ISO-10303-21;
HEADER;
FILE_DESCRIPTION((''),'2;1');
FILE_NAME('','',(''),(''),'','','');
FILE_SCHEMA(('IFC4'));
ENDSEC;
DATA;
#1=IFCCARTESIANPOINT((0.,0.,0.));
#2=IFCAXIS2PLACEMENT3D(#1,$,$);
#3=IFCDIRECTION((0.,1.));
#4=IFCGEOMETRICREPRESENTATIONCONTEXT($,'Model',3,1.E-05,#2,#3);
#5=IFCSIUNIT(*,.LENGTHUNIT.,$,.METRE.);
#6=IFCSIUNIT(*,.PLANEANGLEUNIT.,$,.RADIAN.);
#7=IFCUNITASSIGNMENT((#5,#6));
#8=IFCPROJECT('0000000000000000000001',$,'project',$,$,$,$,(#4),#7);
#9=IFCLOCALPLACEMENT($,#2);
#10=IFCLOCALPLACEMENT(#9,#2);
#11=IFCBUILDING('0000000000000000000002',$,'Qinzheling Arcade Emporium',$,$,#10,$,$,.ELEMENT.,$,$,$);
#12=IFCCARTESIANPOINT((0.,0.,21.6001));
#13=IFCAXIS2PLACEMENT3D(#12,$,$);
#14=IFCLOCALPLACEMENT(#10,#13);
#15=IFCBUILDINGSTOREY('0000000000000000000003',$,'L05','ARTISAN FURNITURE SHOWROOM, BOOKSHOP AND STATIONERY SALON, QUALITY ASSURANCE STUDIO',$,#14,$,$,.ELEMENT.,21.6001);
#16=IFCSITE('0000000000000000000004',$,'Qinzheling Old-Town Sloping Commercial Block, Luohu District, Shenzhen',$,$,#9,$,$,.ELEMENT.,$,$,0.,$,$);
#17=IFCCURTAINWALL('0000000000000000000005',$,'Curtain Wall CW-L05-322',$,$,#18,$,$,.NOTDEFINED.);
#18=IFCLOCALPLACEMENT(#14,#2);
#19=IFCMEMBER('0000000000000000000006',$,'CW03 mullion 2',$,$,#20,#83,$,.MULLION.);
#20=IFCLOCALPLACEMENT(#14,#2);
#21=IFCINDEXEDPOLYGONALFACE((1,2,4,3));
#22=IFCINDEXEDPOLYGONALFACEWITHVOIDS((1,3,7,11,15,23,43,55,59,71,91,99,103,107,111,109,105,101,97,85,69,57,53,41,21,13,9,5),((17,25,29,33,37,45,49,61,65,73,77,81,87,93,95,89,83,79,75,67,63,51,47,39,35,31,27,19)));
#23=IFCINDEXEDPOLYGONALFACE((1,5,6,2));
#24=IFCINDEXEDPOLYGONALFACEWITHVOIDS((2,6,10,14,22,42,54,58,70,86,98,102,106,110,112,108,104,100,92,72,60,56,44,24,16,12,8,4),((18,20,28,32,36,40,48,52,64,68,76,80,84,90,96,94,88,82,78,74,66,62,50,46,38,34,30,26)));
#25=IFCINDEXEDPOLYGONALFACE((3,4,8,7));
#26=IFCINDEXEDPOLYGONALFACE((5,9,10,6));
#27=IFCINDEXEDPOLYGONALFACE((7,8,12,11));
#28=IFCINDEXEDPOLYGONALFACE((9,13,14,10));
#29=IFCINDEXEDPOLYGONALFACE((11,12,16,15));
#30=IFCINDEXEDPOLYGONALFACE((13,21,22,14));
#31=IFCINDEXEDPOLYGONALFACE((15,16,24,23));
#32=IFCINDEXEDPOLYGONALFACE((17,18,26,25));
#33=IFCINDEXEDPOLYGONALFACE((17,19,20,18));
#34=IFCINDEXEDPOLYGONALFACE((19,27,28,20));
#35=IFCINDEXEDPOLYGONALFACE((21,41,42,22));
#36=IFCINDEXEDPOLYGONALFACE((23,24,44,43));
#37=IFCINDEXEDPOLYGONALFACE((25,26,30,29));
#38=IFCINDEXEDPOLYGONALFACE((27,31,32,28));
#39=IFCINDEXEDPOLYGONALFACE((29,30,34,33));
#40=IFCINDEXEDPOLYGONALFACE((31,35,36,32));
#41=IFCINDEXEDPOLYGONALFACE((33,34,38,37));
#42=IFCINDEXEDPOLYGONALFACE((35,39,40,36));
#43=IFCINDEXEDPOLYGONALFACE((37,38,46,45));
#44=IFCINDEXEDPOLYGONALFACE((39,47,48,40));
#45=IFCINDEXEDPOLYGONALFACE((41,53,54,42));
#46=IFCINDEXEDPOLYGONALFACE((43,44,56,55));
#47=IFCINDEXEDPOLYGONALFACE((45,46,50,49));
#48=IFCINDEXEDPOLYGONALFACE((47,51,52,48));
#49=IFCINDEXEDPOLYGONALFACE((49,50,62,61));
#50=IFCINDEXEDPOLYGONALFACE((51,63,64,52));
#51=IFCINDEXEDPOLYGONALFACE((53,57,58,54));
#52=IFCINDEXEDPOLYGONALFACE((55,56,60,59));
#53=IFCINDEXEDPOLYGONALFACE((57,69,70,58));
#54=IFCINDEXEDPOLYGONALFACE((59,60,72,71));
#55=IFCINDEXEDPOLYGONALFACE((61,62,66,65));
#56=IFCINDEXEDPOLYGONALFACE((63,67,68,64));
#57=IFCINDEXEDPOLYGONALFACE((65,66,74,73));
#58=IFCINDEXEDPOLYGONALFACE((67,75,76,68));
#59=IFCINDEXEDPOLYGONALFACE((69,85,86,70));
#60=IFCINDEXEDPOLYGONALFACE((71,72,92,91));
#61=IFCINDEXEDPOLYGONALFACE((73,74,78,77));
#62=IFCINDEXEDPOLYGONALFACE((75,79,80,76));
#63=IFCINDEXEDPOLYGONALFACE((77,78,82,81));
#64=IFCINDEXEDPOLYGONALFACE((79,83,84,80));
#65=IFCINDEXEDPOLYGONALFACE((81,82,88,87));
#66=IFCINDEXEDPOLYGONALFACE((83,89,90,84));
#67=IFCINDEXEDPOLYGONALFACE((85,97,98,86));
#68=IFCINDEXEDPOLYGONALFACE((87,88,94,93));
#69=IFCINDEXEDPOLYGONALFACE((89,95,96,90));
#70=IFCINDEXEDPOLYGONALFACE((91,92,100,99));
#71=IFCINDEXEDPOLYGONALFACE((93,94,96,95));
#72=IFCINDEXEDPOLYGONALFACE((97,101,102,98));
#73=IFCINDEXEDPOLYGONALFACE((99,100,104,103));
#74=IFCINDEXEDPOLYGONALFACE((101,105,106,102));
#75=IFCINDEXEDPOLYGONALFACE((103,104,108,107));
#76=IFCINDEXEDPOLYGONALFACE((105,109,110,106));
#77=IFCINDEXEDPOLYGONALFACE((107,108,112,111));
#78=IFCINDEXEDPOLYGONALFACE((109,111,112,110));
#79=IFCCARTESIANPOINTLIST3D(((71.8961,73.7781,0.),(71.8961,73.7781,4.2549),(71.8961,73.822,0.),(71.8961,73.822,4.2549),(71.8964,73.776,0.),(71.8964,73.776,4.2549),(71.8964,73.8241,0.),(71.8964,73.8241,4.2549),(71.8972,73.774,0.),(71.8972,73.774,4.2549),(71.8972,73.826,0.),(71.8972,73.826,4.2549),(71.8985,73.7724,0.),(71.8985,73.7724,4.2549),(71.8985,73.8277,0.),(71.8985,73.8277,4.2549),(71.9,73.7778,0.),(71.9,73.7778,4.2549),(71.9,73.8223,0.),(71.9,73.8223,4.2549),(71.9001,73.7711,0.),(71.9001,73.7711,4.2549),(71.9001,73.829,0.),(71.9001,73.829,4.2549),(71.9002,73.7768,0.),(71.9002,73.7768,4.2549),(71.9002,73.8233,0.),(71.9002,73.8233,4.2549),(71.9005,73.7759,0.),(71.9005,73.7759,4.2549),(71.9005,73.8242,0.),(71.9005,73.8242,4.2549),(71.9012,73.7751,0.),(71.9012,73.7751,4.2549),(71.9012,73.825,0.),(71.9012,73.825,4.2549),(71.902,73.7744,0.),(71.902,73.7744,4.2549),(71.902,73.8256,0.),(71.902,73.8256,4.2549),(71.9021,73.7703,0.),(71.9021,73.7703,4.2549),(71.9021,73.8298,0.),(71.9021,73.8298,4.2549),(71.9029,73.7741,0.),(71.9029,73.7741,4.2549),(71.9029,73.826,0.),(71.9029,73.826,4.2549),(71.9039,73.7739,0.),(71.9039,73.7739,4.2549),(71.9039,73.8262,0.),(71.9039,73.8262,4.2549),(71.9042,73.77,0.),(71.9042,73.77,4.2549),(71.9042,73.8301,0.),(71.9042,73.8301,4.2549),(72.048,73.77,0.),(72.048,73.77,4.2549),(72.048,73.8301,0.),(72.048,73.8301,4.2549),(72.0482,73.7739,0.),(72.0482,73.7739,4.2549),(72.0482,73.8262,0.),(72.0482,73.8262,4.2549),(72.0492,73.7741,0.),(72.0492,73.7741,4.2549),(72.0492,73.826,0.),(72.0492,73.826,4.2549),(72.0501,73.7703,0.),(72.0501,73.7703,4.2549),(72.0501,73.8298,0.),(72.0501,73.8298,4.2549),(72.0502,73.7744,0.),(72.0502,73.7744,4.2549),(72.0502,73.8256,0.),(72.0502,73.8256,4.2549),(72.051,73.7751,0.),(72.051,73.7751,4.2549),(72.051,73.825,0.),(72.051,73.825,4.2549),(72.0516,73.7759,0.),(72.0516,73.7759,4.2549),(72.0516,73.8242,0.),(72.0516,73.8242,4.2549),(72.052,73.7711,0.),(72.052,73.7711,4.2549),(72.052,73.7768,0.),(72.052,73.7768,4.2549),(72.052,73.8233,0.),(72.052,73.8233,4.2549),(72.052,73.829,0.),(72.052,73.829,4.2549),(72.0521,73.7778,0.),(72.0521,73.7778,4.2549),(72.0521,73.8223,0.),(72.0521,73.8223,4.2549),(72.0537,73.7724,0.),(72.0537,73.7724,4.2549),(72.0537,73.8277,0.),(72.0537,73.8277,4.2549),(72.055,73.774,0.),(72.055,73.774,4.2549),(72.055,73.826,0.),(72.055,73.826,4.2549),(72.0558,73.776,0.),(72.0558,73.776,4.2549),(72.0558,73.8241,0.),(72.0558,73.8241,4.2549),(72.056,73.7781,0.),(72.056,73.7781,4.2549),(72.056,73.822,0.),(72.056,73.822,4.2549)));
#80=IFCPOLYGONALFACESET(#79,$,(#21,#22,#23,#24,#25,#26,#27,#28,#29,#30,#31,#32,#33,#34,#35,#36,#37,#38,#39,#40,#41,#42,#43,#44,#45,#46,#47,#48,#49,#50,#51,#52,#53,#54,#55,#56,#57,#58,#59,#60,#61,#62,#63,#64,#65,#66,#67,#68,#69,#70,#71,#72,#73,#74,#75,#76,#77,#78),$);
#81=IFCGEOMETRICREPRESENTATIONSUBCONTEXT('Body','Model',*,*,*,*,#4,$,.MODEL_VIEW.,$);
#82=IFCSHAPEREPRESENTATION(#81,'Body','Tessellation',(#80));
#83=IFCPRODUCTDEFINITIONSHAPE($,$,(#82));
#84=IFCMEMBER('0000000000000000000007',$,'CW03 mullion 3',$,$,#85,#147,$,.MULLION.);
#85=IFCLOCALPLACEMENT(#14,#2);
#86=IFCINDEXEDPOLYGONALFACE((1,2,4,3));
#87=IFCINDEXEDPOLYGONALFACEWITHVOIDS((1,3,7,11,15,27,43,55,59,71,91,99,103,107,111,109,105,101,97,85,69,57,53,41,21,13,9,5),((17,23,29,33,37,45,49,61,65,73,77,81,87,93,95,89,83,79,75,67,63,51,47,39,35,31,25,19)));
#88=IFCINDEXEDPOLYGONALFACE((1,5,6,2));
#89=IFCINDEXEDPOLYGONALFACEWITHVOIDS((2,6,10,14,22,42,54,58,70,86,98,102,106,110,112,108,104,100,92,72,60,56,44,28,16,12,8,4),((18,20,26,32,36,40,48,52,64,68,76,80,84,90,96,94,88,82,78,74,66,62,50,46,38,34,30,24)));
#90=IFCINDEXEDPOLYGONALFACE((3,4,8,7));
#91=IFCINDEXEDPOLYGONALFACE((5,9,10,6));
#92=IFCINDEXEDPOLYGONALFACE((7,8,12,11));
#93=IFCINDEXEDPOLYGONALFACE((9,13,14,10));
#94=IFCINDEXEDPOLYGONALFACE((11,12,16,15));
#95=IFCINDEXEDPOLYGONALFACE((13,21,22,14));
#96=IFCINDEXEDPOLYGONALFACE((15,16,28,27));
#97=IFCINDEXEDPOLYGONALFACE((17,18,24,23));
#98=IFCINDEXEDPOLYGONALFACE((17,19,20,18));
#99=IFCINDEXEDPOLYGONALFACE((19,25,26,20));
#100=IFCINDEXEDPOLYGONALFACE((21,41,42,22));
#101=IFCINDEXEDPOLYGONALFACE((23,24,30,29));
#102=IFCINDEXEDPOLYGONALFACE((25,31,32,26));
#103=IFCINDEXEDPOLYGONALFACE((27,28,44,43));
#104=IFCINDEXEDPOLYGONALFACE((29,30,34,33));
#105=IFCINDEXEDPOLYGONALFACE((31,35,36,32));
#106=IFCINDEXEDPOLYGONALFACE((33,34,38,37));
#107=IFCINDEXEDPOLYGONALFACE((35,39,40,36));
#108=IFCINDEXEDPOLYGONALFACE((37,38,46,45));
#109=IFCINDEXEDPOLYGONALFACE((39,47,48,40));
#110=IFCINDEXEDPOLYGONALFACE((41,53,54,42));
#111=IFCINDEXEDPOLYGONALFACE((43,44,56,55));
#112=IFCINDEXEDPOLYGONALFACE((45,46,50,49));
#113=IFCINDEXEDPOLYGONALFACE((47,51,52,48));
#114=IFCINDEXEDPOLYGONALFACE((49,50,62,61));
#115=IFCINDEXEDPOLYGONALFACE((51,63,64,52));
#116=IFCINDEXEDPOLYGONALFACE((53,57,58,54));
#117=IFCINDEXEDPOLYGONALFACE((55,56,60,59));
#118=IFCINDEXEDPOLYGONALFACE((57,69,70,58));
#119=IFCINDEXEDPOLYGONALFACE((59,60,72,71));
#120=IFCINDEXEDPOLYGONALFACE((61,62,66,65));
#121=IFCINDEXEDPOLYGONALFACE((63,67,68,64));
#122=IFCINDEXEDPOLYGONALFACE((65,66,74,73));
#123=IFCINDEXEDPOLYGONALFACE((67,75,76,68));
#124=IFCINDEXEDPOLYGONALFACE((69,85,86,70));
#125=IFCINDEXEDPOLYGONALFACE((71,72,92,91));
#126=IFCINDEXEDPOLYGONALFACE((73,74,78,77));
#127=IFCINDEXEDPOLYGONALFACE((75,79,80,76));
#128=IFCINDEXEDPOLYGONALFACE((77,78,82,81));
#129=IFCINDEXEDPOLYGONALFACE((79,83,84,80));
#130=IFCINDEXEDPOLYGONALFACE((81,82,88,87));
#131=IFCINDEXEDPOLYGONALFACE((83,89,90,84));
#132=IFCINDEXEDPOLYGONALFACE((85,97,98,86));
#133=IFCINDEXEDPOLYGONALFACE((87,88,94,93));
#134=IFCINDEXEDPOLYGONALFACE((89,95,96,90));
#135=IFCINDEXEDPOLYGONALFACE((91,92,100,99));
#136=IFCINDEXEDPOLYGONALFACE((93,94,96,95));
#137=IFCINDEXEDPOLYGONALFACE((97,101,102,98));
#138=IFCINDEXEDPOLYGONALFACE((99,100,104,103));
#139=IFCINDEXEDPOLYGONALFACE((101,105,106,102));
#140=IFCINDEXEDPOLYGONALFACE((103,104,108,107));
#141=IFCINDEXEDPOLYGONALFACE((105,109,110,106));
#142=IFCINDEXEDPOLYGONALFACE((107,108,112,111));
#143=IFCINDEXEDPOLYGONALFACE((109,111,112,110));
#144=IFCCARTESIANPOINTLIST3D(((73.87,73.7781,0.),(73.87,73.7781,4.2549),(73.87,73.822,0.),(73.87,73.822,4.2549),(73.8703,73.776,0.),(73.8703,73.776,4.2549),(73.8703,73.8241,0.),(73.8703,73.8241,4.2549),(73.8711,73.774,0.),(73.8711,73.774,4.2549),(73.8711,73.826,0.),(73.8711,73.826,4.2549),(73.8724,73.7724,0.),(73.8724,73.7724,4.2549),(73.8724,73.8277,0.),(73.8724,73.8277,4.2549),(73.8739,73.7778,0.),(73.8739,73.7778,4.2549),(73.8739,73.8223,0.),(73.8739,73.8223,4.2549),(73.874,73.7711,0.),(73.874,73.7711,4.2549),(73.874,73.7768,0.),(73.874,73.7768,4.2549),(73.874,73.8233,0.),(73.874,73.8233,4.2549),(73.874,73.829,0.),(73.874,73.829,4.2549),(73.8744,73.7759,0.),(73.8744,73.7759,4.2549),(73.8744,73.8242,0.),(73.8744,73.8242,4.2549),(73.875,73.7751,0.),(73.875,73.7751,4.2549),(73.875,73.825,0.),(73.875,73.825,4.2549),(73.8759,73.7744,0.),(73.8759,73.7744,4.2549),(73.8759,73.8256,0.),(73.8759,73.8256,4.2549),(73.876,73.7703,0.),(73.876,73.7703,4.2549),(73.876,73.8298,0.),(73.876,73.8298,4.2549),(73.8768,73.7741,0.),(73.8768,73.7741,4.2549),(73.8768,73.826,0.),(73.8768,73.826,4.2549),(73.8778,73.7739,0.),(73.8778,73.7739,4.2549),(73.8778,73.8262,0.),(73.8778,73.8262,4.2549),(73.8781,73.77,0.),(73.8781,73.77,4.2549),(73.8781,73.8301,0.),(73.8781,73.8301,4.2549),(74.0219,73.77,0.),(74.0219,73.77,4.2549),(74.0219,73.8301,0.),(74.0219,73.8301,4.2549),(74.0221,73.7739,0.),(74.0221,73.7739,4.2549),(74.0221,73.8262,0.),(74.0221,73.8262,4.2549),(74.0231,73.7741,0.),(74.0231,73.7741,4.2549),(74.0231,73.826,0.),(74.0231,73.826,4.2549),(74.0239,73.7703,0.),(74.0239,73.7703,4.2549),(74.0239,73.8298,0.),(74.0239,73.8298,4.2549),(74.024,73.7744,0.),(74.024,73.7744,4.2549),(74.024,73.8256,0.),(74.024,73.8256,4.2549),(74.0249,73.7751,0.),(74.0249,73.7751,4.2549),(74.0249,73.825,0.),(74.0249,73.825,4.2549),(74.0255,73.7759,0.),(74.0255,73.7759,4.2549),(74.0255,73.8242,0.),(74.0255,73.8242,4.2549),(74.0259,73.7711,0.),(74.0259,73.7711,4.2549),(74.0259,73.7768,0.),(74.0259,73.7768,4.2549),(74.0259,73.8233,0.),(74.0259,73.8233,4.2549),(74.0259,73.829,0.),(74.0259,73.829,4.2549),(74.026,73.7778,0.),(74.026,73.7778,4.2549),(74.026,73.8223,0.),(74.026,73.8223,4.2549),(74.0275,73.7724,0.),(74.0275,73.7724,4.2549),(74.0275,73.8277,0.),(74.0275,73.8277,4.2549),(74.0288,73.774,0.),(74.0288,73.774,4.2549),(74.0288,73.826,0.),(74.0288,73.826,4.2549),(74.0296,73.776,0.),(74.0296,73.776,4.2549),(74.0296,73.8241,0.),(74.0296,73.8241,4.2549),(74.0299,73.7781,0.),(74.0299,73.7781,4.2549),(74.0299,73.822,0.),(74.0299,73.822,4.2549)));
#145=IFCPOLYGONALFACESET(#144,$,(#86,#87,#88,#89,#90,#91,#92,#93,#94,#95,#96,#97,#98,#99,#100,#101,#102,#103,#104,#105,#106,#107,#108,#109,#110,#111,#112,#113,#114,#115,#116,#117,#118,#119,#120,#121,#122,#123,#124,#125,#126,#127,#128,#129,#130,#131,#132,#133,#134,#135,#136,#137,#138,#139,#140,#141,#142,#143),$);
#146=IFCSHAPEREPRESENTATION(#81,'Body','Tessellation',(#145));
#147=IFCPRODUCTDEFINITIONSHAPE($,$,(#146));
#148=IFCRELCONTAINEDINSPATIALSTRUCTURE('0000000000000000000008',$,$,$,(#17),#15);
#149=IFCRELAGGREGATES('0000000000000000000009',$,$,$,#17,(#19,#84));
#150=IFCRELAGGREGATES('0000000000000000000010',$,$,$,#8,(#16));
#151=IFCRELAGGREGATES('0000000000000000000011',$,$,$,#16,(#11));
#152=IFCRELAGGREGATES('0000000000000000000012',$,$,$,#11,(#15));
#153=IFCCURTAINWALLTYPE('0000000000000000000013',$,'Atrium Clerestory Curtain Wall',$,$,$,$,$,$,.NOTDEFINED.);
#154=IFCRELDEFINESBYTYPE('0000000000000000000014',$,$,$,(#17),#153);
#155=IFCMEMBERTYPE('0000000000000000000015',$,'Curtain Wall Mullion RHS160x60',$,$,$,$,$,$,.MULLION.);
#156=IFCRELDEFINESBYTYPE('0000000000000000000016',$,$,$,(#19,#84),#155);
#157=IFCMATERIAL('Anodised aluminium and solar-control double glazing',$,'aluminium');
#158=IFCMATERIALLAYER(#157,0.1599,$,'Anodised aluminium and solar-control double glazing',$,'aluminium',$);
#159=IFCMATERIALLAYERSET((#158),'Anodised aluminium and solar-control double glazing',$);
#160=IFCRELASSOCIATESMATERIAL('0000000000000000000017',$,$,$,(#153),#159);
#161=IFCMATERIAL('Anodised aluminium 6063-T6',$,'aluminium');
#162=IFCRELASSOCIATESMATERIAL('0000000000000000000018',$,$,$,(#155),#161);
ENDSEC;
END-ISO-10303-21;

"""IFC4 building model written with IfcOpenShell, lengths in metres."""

from ifc_helpers import new_model, si_unit, direction, frame, origin, origin_2d, place, context, subcontext, project, spatial, hollow_rectangle, extrude, material, layer, layer_set, material_profile, profile_set, type_object, element, aggregate, save


model = new_model("IFC4")

# Units and contexts
model_context = context("Model", 3, precision=1e-05, world=origin(), true_north=direction((0.0, 1.0)))
body_context = subcontext(model_context, "Body", "Model", "MODEL_VIEW")
ifc_project = project(units=[si_unit("LENGTHUNIT", "METRE"), si_unit("PLANEANGLEUNIT", "RADIAN")], contexts=[model_context])

# Site, building, storey
site_placement = place(None, origin())
site = spatial("IfcSite", under=ifc_project, at=site_placement, Name="Qinzheling Old-Town Sloping Commercial Block, Luohu District, Shenzhen", CompositionType="ELEMENT", RefElevation=0.0)
building_placement = place(site_placement, origin())
building = spatial("IfcBuilding", under=site, at=building_placement, Name="Qinzheling Arcade Emporium", CompositionType="ELEMENT")
storey_placement = place(building_placement, frame((0.0, 0.0, 21.6001)))
storey = spatial("IfcBuildingStorey", under=building, at=storey_placement, Name="L05", Description="ARTISAN FURNITURE SHOWROOM, BOOKSHOP AND STATIONERY SALON, QUALITY ASSURANCE STUDIO", CompositionType="ELEMENT", Elevation=21.6001)

# Shared definitions
ifc_material_1 = material(Name="Anodised aluminium and solar-control double glazing", Category="aluminium")
ifc_layer_1 = layer(ifc_material_1, 0.1599, Name="Anodised aluminium and solar-control double glazing", Category="aluminium")
ifc_layer_set_1 = layer_set([ifc_layer_1], Name="Anodised aluminium and solar-control double glazing")
curtain_wall_type = type_object("IfcCurtainWallType", Name="Atrium Clerestory Curtain Wall", PredefinedType="NOTDEFINED", material=ifc_layer_set_1)
ifc_material_2 = material(Name="Anodised aluminium 6063-T6", Category="aluminium")
ifc_material_profile_1 = material_profile(ifc_material_2, hollow_rectangle(XDim=0.0601, YDim=0.1599, WallThickness=0.0039, InnerFilletRadius=0.0039, OuterFilletRadius=0.0081, at=origin_2d()), Name="RHS 160x60x4", Category="aluminium")
ifc_profile_set_1 = profile_set([ifc_material_profile_1], Name="Anodised aluminium 6063-T6")
member_type_1 = type_object("IfcMemberType", Name="Curtain Wall Mullion RHS160x60", PredefinedType="MULLION", material=ifc_profile_set_1)

# Curtain wall, members
curtain_wall_1_placement = place(storey_placement, origin())
curtain_wall_1 = element("IfcCurtainWall", 1, at=curtain_wall_1_placement, inside=storey, type_object=curtain_wall_type, Name="Curtain Wall CW-L05-322", PredefinedType="NOTDEFINED")
member_1_placement = place(storey_placement, frame((71.9761, 73.8, 0.0), z_axis=(0.0, 0.0, 1.0), x_axis=(0.0, 1.0, 0.0)))
member_1 = element("IfcMember", 2, at=member_1_placement, type_object=member_type_1, Name="CW03 mullion 2", PredefinedType="MULLION", context=body_context, shape_type="SweptSolid", body=[
    extrude(hollow_rectangle(XDim=0.0601, YDim=0.1599, WallThickness=0.0039, InnerFilletRadius=0.0039, OuterFilletRadius=0.0081, at=origin_2d()), origin(), (0.0, 0.0, 1.0), 4.2549),
])
member_2_placement = place(storey_placement, frame((73.95, 73.8, 0.0), z_axis=(0.0, 0.0, 1.0), x_axis=(0.0, 1.0, 0.0)))
member_2 = element("IfcMember", 3, at=member_2_placement, type_object=member_type_1, Name="CW03 mullion 3", PredefinedType="MULLION", context=body_context, shape_type="SweptSolid", body=[
    extrude(hollow_rectangle(XDim=0.0601, YDim=0.1599, WallThickness=0.0039, InnerFilletRadius=0.0039, OuterFilletRadius=0.0081, at=origin_2d()), origin(), (0.0, 0.0, 1.0), 4.2549),
])

aggregate(curtain_wall_1, [member_1, member_2])

save(model, "model.ifc")
